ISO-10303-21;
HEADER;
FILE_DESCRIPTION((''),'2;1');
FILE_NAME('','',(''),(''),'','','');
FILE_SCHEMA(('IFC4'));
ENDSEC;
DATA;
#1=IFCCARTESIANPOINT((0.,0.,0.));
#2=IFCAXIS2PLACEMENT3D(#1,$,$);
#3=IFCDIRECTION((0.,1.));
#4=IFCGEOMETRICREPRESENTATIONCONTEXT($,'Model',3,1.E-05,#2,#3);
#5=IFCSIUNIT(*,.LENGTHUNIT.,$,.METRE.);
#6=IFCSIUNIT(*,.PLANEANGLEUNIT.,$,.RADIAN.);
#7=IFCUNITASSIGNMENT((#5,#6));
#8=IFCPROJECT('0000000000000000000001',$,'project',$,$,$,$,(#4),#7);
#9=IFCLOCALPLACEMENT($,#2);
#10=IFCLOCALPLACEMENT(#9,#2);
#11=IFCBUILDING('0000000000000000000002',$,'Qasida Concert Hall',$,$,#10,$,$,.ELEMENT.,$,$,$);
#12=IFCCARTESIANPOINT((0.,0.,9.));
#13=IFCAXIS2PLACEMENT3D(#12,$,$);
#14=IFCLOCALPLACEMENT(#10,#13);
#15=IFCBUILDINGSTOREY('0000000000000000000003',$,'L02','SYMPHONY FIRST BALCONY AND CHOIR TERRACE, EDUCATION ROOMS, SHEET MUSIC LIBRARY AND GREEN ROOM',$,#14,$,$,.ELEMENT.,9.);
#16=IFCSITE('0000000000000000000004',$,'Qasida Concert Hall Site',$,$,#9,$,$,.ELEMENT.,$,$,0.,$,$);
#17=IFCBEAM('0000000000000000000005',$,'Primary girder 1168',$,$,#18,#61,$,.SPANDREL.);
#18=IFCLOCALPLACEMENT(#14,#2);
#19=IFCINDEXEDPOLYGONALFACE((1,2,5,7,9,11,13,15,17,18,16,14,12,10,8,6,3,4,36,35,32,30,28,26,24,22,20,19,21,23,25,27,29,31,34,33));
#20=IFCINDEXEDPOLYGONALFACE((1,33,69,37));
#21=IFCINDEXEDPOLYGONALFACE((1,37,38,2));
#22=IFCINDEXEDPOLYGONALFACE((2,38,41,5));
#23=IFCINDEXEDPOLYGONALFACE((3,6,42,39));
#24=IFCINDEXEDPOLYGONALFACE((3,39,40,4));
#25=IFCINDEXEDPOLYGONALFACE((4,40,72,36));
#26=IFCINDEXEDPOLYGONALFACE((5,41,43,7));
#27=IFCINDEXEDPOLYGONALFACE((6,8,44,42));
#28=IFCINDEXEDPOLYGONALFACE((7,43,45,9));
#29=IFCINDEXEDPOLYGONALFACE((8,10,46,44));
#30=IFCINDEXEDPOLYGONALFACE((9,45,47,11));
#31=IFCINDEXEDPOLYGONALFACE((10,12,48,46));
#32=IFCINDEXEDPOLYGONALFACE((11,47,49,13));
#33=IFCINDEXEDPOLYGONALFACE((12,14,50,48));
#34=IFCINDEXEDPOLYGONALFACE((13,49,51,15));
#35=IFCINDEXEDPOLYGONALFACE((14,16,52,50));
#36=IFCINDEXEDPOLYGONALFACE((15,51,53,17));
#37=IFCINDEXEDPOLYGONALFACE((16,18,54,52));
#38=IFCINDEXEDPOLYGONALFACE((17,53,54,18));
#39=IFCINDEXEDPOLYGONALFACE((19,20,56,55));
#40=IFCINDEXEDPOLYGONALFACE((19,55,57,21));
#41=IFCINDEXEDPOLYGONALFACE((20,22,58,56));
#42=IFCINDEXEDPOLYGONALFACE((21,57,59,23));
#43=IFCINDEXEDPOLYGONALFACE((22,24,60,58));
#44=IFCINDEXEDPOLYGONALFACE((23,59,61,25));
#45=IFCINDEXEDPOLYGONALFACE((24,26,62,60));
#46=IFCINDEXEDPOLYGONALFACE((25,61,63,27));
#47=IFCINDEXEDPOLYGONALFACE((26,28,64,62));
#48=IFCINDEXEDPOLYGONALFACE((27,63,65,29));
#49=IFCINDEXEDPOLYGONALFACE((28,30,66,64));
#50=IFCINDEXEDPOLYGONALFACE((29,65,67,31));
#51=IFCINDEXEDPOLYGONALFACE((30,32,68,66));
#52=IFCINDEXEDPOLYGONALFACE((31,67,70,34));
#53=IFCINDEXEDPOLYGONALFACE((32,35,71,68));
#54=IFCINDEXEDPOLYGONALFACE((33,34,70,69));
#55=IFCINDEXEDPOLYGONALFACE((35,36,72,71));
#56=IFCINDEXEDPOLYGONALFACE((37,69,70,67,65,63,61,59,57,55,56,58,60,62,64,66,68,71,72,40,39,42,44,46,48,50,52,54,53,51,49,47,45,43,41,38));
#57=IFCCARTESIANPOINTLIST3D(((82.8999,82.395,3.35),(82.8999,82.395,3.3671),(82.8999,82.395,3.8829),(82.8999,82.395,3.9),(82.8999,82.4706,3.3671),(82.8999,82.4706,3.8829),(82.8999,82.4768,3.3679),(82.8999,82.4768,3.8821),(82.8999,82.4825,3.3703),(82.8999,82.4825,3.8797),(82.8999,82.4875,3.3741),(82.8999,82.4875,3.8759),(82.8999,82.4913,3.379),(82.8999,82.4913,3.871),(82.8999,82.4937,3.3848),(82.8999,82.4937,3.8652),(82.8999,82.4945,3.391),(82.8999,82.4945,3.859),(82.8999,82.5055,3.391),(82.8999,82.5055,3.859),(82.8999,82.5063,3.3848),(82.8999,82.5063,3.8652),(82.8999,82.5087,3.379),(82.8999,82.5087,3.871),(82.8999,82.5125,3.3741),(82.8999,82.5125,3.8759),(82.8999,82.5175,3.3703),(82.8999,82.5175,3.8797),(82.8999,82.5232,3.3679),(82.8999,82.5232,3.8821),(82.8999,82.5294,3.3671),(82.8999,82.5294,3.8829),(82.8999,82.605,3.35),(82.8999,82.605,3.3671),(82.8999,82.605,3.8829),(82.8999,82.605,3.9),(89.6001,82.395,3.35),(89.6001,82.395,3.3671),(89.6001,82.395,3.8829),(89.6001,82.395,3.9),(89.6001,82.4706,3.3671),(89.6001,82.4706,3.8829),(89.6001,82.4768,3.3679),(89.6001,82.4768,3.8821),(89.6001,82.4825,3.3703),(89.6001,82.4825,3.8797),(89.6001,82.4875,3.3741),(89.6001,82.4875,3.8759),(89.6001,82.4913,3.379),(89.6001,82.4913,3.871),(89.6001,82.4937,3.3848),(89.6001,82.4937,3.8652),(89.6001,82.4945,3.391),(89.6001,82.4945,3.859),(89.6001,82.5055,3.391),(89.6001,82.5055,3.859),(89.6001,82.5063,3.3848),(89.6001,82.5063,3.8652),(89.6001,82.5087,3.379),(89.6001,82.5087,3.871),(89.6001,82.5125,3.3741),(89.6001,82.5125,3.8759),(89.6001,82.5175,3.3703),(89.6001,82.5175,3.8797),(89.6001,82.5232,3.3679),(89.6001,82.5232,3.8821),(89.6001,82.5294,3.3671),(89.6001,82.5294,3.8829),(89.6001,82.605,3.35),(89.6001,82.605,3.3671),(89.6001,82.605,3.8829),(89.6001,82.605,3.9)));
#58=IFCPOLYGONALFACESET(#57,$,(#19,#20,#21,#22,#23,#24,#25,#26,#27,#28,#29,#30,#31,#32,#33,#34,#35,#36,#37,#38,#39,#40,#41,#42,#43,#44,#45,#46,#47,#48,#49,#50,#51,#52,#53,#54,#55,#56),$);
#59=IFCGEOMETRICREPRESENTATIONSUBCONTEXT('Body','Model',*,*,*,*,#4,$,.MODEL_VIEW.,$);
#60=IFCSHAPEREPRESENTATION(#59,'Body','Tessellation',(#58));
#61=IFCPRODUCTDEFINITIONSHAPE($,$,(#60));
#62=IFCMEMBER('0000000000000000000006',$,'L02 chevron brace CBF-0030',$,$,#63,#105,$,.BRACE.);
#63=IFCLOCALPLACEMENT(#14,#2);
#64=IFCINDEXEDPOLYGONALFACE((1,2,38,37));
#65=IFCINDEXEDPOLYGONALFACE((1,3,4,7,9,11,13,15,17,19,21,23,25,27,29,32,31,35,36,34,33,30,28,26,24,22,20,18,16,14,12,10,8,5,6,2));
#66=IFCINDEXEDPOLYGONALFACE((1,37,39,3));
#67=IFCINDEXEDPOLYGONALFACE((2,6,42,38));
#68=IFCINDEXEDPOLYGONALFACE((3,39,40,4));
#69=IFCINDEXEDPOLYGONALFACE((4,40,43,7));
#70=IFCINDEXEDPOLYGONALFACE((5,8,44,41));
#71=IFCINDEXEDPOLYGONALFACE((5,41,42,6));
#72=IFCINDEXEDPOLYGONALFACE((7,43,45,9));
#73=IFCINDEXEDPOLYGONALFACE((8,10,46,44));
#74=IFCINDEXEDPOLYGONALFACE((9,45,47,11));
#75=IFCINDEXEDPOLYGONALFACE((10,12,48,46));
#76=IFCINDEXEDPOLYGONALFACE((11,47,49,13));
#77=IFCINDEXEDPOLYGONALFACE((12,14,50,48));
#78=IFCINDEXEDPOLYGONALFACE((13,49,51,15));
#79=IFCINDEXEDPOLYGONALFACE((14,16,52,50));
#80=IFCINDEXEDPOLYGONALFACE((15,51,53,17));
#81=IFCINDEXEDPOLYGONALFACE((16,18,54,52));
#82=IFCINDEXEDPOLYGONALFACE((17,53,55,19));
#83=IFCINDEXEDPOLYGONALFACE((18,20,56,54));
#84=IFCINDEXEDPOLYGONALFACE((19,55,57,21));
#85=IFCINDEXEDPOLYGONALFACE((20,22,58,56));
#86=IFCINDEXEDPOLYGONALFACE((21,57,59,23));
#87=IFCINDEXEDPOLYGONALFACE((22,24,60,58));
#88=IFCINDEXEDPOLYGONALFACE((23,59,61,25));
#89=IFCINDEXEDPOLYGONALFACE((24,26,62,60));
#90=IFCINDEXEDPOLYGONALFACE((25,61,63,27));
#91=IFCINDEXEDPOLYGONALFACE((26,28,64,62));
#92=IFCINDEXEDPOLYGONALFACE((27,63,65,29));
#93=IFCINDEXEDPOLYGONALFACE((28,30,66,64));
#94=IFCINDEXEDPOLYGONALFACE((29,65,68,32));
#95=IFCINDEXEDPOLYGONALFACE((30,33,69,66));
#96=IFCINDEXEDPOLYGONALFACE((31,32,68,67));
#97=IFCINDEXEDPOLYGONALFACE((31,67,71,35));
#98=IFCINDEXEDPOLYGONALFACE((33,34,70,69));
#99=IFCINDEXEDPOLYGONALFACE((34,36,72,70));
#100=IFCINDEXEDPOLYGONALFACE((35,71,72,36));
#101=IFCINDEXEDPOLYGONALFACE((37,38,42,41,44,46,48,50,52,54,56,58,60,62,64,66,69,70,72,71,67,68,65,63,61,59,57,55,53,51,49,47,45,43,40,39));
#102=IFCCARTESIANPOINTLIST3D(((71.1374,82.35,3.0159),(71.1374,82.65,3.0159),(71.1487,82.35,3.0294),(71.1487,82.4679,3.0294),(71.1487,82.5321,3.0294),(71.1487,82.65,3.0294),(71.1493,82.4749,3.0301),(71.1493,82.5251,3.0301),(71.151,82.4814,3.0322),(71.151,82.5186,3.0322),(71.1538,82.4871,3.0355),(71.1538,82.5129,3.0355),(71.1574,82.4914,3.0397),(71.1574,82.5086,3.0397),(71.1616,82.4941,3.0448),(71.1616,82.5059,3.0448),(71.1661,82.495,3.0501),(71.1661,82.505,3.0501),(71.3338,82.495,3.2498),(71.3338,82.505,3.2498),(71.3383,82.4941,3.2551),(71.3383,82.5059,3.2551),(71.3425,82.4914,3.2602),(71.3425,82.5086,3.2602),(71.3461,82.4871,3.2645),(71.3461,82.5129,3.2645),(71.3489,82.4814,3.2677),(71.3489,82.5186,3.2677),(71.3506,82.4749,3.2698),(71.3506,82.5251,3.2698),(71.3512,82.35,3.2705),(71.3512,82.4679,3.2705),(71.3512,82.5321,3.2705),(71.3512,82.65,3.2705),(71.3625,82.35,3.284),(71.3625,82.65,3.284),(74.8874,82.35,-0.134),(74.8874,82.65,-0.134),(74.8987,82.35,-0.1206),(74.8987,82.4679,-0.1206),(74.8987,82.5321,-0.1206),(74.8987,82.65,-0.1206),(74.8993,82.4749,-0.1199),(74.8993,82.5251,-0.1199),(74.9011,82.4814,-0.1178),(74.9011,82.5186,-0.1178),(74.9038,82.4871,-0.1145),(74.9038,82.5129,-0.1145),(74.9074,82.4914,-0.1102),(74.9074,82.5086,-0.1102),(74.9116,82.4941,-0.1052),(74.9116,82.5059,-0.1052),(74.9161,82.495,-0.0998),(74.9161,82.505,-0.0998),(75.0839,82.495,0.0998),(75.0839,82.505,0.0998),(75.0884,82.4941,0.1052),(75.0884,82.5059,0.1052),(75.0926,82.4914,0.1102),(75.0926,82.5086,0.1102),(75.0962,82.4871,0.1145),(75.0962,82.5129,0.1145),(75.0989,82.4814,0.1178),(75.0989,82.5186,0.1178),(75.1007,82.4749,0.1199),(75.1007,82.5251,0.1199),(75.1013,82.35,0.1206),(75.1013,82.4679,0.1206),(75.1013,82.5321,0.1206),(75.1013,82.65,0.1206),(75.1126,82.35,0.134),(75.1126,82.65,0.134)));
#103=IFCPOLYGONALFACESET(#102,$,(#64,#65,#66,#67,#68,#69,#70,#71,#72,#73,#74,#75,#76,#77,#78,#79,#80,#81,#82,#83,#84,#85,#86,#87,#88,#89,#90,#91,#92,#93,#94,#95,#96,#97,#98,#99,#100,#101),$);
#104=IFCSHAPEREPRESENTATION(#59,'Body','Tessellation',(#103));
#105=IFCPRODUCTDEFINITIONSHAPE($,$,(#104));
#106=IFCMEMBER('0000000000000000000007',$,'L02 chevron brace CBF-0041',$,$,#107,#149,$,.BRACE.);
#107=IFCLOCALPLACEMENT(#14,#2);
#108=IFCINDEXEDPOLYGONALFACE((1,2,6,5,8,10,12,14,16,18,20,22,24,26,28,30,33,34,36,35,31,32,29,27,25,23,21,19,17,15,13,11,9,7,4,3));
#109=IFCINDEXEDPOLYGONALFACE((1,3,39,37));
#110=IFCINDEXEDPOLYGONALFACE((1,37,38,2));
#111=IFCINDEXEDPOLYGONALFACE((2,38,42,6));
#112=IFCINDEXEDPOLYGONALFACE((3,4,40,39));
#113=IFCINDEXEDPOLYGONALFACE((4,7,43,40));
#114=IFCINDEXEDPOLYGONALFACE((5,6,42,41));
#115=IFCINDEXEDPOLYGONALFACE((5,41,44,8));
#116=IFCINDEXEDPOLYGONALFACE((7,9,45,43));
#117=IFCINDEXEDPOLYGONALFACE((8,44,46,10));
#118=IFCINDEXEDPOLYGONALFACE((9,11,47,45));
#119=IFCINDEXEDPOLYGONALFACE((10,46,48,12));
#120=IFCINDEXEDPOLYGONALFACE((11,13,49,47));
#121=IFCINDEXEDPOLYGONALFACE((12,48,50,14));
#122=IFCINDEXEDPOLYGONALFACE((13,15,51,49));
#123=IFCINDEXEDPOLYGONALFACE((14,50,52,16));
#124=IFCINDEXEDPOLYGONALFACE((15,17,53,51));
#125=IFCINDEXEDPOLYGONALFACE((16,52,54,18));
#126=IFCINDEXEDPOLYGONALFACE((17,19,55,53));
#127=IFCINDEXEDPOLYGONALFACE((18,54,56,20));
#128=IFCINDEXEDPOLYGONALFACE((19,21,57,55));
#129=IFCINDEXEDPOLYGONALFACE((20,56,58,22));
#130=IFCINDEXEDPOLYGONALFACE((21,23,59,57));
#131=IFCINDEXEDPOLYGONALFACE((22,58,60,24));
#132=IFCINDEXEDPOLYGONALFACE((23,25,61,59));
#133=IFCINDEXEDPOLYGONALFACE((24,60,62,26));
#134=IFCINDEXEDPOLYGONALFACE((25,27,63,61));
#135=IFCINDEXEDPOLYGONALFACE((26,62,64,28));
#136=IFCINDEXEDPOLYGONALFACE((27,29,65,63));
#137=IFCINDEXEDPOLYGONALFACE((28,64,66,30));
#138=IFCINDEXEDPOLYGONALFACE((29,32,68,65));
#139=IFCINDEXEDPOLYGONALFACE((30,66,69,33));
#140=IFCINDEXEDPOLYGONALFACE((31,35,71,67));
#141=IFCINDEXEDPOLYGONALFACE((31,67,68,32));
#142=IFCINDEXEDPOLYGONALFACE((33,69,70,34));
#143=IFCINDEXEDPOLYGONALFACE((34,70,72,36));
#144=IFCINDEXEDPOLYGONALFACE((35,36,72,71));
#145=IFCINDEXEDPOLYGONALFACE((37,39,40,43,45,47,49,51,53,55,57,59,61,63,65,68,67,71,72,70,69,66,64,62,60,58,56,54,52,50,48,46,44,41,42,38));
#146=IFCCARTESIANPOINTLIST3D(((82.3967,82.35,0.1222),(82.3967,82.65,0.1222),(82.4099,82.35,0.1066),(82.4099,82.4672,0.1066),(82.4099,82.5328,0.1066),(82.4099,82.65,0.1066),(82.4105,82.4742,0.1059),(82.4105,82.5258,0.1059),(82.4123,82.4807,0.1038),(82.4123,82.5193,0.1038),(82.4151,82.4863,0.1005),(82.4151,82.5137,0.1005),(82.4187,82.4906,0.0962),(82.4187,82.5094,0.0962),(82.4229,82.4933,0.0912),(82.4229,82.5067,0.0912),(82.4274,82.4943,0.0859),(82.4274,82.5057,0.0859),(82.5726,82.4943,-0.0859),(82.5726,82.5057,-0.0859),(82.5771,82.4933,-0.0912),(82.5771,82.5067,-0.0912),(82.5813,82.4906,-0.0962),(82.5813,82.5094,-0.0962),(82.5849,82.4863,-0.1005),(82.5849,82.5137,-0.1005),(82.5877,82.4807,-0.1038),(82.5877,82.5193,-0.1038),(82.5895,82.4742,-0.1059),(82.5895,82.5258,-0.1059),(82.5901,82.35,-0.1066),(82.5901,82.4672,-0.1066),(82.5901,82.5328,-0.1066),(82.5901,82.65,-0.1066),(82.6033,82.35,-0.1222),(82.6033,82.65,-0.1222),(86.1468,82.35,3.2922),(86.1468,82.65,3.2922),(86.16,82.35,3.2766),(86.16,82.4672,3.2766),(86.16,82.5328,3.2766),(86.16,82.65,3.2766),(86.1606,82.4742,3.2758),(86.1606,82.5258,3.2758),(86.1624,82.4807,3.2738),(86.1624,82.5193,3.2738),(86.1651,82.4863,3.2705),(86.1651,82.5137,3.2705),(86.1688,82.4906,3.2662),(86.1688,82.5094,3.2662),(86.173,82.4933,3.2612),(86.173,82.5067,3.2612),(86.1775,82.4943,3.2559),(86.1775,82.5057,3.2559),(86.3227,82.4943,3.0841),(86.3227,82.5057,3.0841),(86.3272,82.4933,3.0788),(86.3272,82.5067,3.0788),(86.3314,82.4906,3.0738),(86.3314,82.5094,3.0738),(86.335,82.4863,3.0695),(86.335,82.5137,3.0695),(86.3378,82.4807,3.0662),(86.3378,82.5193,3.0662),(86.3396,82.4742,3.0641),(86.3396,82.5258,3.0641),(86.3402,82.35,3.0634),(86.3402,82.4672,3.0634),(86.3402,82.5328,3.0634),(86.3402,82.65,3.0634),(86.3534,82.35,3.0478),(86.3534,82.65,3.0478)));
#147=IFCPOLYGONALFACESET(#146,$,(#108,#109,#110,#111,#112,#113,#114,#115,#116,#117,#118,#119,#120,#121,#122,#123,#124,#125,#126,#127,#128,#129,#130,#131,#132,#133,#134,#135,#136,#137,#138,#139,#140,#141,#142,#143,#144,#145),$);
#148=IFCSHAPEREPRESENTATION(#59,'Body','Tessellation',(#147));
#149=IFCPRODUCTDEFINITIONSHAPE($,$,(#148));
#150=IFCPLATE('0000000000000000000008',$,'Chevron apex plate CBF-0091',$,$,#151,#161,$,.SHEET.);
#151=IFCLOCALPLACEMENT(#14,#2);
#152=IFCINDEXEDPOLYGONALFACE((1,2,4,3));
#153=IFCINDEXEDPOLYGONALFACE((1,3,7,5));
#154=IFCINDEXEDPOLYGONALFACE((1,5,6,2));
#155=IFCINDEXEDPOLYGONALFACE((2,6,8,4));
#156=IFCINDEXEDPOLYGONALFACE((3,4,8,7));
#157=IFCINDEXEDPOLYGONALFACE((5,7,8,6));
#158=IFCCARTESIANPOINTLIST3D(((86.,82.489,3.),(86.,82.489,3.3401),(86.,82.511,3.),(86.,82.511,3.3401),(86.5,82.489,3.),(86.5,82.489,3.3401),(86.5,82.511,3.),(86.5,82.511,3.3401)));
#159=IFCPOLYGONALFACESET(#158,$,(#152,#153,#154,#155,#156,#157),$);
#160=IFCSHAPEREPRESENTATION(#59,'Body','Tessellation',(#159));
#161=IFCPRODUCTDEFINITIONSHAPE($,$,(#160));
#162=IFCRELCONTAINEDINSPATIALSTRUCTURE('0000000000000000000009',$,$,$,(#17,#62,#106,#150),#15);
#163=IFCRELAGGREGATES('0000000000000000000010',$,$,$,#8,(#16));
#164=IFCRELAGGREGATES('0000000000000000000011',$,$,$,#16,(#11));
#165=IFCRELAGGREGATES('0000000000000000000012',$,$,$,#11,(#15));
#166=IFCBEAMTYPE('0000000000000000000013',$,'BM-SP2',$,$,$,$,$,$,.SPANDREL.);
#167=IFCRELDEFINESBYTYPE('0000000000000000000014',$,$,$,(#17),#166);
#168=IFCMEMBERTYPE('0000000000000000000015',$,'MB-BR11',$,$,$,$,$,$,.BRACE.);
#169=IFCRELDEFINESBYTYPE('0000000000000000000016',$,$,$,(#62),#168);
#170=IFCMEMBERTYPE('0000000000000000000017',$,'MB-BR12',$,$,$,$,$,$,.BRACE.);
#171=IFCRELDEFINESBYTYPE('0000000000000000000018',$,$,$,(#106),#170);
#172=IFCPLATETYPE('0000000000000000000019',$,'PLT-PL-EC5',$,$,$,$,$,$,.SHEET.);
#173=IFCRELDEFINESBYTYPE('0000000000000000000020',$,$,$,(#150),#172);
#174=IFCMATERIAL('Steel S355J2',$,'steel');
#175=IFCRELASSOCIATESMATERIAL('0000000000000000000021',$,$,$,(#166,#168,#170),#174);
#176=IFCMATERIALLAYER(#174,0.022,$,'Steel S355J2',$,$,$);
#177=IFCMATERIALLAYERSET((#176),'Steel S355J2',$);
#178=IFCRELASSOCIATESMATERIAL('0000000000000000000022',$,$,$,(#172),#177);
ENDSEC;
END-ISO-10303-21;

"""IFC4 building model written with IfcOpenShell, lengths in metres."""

from ifc_helpers import new_model, si_unit, direction, frame, origin, origin_2d, place, context, subcontext, project, spatial, rectangle, i_section, extrude, material, layer, layer_set, material_profile, profile_set, type_object, element, save


model = new_model("IFC4")

# Units and contexts
model_context = context("Model", 3, precision=1e-05, world=origin(), true_north=direction((0.0, 1.0)))
body_context = subcontext(model_context, "Body", "Model", "MODEL_VIEW")
ifc_project = project(units=[si_unit("LENGTHUNIT", "METRE"), si_unit("PLANEANGLEUNIT", "RADIAN")], contexts=[model_context])

# Site, building, storey
site_placement = place(None, origin())
site = spatial("IfcSite", under=ifc_project, at=site_placement, Name="Qasida Concert Hall Site", CompositionType="ELEMENT", RefElevation=0.0)
building_placement = place(site_placement, origin())
building = spatial("IfcBuilding", under=site, at=building_placement, Name="Qasida Concert Hall", CompositionType="ELEMENT")
storey_placement = place(building_placement, frame((0.0, 0.0, 9.0)))
storey = spatial("IfcBuildingStorey", under=building, at=storey_placement, Name="L02", Description="SYMPHONY FIRST BALCONY AND CHOIR TERRACE, EDUCATION ROOMS, SHEET MUSIC LIBRARY AND GREEN ROOM", CompositionType="ELEMENT", Elevation=9.0)

# Beam
ifc_material_1 = material(Name="Steel S355J2", Category="steel")
ifc_material_profile_1 = material_profile(ifc_material_1, i_section(OverallWidth=0.21, OverallDepth=0.55, WebThickness=0.011, FlangeThickness=0.0171, FilletRadius=0.0239, at=origin_2d()), Name="IPE 550")
ifc_profile_set_1 = profile_set([ifc_material_profile_1], Name="Steel S355J2")
beam_type_1 = type_object("IfcBeamType", Name="BM-SP2", PredefinedType="SPANDREL", material=ifc_profile_set_1)
beam_1_placement = place(storey_placement, frame((82.8999, 82.5, 3.625), z_axis=(1.0, 0.0, 0.0), x_axis=(0.0, 1.0, 0.0)))
element("IfcBeam", 1, at=beam_1_placement, inside=storey, type_object=beam_type_1, Name="Primary girder 1168", PredefinedType="SPANDREL", context=body_context, shape_type="SweptSolid", body=[
    extrude(i_section(OverallWidth=0.21, OverallDepth=0.55, WebThickness=0.011, FlangeThickness=0.0171, FilletRadius=0.0239, at=origin_2d()), origin(), (0.0, 0.0, 1.0), 6.7002),
])

# Members
ifc_material_profile_2 = material_profile(ifc_material_1, i_section(OverallWidth=0.3, OverallDepth=0.3501, WebThickness=0.01, FlangeThickness=0.0176, FilletRadius=0.0271, at=origin_2d()), Name="HEA 360")
ifc_profile_set_2 = profile_set([ifc_material_profile_2], Name="Steel S355J2")
member_type_1 = type_object("IfcMemberType", Name="MB-BR11", PredefinedType="BRACE", material=ifc_profile_set_2)
member_1_placement = place(storey_placement, frame((75.0, 82.5, 0.0), z_axis=(-0.765715, 0.0, 0.64318), x_axis=(0.0, -1.0, 0.0)))
element("IfcMember", 2, at=member_1_placement, inside=storey, type_object=member_type_1, Name="L02 chevron brace CBF-0030", PredefinedType="BRACE", context=body_context, shape_type="SweptSolid", body=[
    extrude(i_section(OverallWidth=0.3, OverallDepth=0.3501, WebThickness=0.01, FlangeThickness=0.0176, FilletRadius=0.0271, at=origin_2d()), origin(), (0.0, 0.0, 1.0), 4.8975),
])
ifc_material_profile_3 = material_profile(ifc_material_1, i_section(OverallWidth=0.3, OverallDepth=0.3201, WebThickness=0.0115, FlangeThickness=0.0205, FilletRadius=0.0271, at=origin_2d()), Name="HEB 320")
ifc_profile_set_3 = profile_set([ifc_material_profile_3], Name="Steel S355J2")
member_type_2 = type_object("IfcMemberType", Name="MB-BR12", PredefinedType="BRACE", material=ifc_profile_set_3)
member_2_placement = place(storey_placement, frame((82.5, 82.5, 0.0), z_axis=(0.763703, 0.0, 0.645568), x_axis=(0.0, 1.0, 0.0)))
element("IfcMember", 3, at=member_2_placement, inside=storey, type_object=member_type_2, Name="L02 chevron brace CBF-0041", PredefinedType="BRACE", context=body_context, shape_type="SweptSolid", body=[
    extrude(i_section(OverallWidth=0.3, OverallDepth=0.3201, WebThickness=0.0115, FlangeThickness=0.0205, FilletRadius=0.0271, at=origin_2d()), origin(), (0.0, 0.0, 1.0), 4.9104),
])

# Plate
ifc_layer_1 = layer(ifc_material_1, 0.022, Name="Steel S355J2")
ifc_layer_set_1 = layer_set([ifc_layer_1], Name="Steel S355J2")
plate_type = type_object("IfcPlateType", Name="PLT-PL-EC5", PredefinedType="SHEET", material=ifc_layer_set_1)
plate_placement = place(storey_placement, frame((86.25, 82.5, 3.0), z_axis=(0.0, 0.0, 1.0), x_axis=(1.0, 0.0, 0.0)))
element("IfcPlate", 4, at=plate_placement, inside=storey, type_object=plate_type, Name="Chevron apex plate CBF-0091", PredefinedType="SHEET", context=body_context, shape_type="SweptSolid", body=[
    extrude(rectangle(XDim=0.5, YDim=0.022, at=origin_2d()), origin(), (0.0, 0.0, 1.0), 0.3401),
])

save(model, "model.ifc")
